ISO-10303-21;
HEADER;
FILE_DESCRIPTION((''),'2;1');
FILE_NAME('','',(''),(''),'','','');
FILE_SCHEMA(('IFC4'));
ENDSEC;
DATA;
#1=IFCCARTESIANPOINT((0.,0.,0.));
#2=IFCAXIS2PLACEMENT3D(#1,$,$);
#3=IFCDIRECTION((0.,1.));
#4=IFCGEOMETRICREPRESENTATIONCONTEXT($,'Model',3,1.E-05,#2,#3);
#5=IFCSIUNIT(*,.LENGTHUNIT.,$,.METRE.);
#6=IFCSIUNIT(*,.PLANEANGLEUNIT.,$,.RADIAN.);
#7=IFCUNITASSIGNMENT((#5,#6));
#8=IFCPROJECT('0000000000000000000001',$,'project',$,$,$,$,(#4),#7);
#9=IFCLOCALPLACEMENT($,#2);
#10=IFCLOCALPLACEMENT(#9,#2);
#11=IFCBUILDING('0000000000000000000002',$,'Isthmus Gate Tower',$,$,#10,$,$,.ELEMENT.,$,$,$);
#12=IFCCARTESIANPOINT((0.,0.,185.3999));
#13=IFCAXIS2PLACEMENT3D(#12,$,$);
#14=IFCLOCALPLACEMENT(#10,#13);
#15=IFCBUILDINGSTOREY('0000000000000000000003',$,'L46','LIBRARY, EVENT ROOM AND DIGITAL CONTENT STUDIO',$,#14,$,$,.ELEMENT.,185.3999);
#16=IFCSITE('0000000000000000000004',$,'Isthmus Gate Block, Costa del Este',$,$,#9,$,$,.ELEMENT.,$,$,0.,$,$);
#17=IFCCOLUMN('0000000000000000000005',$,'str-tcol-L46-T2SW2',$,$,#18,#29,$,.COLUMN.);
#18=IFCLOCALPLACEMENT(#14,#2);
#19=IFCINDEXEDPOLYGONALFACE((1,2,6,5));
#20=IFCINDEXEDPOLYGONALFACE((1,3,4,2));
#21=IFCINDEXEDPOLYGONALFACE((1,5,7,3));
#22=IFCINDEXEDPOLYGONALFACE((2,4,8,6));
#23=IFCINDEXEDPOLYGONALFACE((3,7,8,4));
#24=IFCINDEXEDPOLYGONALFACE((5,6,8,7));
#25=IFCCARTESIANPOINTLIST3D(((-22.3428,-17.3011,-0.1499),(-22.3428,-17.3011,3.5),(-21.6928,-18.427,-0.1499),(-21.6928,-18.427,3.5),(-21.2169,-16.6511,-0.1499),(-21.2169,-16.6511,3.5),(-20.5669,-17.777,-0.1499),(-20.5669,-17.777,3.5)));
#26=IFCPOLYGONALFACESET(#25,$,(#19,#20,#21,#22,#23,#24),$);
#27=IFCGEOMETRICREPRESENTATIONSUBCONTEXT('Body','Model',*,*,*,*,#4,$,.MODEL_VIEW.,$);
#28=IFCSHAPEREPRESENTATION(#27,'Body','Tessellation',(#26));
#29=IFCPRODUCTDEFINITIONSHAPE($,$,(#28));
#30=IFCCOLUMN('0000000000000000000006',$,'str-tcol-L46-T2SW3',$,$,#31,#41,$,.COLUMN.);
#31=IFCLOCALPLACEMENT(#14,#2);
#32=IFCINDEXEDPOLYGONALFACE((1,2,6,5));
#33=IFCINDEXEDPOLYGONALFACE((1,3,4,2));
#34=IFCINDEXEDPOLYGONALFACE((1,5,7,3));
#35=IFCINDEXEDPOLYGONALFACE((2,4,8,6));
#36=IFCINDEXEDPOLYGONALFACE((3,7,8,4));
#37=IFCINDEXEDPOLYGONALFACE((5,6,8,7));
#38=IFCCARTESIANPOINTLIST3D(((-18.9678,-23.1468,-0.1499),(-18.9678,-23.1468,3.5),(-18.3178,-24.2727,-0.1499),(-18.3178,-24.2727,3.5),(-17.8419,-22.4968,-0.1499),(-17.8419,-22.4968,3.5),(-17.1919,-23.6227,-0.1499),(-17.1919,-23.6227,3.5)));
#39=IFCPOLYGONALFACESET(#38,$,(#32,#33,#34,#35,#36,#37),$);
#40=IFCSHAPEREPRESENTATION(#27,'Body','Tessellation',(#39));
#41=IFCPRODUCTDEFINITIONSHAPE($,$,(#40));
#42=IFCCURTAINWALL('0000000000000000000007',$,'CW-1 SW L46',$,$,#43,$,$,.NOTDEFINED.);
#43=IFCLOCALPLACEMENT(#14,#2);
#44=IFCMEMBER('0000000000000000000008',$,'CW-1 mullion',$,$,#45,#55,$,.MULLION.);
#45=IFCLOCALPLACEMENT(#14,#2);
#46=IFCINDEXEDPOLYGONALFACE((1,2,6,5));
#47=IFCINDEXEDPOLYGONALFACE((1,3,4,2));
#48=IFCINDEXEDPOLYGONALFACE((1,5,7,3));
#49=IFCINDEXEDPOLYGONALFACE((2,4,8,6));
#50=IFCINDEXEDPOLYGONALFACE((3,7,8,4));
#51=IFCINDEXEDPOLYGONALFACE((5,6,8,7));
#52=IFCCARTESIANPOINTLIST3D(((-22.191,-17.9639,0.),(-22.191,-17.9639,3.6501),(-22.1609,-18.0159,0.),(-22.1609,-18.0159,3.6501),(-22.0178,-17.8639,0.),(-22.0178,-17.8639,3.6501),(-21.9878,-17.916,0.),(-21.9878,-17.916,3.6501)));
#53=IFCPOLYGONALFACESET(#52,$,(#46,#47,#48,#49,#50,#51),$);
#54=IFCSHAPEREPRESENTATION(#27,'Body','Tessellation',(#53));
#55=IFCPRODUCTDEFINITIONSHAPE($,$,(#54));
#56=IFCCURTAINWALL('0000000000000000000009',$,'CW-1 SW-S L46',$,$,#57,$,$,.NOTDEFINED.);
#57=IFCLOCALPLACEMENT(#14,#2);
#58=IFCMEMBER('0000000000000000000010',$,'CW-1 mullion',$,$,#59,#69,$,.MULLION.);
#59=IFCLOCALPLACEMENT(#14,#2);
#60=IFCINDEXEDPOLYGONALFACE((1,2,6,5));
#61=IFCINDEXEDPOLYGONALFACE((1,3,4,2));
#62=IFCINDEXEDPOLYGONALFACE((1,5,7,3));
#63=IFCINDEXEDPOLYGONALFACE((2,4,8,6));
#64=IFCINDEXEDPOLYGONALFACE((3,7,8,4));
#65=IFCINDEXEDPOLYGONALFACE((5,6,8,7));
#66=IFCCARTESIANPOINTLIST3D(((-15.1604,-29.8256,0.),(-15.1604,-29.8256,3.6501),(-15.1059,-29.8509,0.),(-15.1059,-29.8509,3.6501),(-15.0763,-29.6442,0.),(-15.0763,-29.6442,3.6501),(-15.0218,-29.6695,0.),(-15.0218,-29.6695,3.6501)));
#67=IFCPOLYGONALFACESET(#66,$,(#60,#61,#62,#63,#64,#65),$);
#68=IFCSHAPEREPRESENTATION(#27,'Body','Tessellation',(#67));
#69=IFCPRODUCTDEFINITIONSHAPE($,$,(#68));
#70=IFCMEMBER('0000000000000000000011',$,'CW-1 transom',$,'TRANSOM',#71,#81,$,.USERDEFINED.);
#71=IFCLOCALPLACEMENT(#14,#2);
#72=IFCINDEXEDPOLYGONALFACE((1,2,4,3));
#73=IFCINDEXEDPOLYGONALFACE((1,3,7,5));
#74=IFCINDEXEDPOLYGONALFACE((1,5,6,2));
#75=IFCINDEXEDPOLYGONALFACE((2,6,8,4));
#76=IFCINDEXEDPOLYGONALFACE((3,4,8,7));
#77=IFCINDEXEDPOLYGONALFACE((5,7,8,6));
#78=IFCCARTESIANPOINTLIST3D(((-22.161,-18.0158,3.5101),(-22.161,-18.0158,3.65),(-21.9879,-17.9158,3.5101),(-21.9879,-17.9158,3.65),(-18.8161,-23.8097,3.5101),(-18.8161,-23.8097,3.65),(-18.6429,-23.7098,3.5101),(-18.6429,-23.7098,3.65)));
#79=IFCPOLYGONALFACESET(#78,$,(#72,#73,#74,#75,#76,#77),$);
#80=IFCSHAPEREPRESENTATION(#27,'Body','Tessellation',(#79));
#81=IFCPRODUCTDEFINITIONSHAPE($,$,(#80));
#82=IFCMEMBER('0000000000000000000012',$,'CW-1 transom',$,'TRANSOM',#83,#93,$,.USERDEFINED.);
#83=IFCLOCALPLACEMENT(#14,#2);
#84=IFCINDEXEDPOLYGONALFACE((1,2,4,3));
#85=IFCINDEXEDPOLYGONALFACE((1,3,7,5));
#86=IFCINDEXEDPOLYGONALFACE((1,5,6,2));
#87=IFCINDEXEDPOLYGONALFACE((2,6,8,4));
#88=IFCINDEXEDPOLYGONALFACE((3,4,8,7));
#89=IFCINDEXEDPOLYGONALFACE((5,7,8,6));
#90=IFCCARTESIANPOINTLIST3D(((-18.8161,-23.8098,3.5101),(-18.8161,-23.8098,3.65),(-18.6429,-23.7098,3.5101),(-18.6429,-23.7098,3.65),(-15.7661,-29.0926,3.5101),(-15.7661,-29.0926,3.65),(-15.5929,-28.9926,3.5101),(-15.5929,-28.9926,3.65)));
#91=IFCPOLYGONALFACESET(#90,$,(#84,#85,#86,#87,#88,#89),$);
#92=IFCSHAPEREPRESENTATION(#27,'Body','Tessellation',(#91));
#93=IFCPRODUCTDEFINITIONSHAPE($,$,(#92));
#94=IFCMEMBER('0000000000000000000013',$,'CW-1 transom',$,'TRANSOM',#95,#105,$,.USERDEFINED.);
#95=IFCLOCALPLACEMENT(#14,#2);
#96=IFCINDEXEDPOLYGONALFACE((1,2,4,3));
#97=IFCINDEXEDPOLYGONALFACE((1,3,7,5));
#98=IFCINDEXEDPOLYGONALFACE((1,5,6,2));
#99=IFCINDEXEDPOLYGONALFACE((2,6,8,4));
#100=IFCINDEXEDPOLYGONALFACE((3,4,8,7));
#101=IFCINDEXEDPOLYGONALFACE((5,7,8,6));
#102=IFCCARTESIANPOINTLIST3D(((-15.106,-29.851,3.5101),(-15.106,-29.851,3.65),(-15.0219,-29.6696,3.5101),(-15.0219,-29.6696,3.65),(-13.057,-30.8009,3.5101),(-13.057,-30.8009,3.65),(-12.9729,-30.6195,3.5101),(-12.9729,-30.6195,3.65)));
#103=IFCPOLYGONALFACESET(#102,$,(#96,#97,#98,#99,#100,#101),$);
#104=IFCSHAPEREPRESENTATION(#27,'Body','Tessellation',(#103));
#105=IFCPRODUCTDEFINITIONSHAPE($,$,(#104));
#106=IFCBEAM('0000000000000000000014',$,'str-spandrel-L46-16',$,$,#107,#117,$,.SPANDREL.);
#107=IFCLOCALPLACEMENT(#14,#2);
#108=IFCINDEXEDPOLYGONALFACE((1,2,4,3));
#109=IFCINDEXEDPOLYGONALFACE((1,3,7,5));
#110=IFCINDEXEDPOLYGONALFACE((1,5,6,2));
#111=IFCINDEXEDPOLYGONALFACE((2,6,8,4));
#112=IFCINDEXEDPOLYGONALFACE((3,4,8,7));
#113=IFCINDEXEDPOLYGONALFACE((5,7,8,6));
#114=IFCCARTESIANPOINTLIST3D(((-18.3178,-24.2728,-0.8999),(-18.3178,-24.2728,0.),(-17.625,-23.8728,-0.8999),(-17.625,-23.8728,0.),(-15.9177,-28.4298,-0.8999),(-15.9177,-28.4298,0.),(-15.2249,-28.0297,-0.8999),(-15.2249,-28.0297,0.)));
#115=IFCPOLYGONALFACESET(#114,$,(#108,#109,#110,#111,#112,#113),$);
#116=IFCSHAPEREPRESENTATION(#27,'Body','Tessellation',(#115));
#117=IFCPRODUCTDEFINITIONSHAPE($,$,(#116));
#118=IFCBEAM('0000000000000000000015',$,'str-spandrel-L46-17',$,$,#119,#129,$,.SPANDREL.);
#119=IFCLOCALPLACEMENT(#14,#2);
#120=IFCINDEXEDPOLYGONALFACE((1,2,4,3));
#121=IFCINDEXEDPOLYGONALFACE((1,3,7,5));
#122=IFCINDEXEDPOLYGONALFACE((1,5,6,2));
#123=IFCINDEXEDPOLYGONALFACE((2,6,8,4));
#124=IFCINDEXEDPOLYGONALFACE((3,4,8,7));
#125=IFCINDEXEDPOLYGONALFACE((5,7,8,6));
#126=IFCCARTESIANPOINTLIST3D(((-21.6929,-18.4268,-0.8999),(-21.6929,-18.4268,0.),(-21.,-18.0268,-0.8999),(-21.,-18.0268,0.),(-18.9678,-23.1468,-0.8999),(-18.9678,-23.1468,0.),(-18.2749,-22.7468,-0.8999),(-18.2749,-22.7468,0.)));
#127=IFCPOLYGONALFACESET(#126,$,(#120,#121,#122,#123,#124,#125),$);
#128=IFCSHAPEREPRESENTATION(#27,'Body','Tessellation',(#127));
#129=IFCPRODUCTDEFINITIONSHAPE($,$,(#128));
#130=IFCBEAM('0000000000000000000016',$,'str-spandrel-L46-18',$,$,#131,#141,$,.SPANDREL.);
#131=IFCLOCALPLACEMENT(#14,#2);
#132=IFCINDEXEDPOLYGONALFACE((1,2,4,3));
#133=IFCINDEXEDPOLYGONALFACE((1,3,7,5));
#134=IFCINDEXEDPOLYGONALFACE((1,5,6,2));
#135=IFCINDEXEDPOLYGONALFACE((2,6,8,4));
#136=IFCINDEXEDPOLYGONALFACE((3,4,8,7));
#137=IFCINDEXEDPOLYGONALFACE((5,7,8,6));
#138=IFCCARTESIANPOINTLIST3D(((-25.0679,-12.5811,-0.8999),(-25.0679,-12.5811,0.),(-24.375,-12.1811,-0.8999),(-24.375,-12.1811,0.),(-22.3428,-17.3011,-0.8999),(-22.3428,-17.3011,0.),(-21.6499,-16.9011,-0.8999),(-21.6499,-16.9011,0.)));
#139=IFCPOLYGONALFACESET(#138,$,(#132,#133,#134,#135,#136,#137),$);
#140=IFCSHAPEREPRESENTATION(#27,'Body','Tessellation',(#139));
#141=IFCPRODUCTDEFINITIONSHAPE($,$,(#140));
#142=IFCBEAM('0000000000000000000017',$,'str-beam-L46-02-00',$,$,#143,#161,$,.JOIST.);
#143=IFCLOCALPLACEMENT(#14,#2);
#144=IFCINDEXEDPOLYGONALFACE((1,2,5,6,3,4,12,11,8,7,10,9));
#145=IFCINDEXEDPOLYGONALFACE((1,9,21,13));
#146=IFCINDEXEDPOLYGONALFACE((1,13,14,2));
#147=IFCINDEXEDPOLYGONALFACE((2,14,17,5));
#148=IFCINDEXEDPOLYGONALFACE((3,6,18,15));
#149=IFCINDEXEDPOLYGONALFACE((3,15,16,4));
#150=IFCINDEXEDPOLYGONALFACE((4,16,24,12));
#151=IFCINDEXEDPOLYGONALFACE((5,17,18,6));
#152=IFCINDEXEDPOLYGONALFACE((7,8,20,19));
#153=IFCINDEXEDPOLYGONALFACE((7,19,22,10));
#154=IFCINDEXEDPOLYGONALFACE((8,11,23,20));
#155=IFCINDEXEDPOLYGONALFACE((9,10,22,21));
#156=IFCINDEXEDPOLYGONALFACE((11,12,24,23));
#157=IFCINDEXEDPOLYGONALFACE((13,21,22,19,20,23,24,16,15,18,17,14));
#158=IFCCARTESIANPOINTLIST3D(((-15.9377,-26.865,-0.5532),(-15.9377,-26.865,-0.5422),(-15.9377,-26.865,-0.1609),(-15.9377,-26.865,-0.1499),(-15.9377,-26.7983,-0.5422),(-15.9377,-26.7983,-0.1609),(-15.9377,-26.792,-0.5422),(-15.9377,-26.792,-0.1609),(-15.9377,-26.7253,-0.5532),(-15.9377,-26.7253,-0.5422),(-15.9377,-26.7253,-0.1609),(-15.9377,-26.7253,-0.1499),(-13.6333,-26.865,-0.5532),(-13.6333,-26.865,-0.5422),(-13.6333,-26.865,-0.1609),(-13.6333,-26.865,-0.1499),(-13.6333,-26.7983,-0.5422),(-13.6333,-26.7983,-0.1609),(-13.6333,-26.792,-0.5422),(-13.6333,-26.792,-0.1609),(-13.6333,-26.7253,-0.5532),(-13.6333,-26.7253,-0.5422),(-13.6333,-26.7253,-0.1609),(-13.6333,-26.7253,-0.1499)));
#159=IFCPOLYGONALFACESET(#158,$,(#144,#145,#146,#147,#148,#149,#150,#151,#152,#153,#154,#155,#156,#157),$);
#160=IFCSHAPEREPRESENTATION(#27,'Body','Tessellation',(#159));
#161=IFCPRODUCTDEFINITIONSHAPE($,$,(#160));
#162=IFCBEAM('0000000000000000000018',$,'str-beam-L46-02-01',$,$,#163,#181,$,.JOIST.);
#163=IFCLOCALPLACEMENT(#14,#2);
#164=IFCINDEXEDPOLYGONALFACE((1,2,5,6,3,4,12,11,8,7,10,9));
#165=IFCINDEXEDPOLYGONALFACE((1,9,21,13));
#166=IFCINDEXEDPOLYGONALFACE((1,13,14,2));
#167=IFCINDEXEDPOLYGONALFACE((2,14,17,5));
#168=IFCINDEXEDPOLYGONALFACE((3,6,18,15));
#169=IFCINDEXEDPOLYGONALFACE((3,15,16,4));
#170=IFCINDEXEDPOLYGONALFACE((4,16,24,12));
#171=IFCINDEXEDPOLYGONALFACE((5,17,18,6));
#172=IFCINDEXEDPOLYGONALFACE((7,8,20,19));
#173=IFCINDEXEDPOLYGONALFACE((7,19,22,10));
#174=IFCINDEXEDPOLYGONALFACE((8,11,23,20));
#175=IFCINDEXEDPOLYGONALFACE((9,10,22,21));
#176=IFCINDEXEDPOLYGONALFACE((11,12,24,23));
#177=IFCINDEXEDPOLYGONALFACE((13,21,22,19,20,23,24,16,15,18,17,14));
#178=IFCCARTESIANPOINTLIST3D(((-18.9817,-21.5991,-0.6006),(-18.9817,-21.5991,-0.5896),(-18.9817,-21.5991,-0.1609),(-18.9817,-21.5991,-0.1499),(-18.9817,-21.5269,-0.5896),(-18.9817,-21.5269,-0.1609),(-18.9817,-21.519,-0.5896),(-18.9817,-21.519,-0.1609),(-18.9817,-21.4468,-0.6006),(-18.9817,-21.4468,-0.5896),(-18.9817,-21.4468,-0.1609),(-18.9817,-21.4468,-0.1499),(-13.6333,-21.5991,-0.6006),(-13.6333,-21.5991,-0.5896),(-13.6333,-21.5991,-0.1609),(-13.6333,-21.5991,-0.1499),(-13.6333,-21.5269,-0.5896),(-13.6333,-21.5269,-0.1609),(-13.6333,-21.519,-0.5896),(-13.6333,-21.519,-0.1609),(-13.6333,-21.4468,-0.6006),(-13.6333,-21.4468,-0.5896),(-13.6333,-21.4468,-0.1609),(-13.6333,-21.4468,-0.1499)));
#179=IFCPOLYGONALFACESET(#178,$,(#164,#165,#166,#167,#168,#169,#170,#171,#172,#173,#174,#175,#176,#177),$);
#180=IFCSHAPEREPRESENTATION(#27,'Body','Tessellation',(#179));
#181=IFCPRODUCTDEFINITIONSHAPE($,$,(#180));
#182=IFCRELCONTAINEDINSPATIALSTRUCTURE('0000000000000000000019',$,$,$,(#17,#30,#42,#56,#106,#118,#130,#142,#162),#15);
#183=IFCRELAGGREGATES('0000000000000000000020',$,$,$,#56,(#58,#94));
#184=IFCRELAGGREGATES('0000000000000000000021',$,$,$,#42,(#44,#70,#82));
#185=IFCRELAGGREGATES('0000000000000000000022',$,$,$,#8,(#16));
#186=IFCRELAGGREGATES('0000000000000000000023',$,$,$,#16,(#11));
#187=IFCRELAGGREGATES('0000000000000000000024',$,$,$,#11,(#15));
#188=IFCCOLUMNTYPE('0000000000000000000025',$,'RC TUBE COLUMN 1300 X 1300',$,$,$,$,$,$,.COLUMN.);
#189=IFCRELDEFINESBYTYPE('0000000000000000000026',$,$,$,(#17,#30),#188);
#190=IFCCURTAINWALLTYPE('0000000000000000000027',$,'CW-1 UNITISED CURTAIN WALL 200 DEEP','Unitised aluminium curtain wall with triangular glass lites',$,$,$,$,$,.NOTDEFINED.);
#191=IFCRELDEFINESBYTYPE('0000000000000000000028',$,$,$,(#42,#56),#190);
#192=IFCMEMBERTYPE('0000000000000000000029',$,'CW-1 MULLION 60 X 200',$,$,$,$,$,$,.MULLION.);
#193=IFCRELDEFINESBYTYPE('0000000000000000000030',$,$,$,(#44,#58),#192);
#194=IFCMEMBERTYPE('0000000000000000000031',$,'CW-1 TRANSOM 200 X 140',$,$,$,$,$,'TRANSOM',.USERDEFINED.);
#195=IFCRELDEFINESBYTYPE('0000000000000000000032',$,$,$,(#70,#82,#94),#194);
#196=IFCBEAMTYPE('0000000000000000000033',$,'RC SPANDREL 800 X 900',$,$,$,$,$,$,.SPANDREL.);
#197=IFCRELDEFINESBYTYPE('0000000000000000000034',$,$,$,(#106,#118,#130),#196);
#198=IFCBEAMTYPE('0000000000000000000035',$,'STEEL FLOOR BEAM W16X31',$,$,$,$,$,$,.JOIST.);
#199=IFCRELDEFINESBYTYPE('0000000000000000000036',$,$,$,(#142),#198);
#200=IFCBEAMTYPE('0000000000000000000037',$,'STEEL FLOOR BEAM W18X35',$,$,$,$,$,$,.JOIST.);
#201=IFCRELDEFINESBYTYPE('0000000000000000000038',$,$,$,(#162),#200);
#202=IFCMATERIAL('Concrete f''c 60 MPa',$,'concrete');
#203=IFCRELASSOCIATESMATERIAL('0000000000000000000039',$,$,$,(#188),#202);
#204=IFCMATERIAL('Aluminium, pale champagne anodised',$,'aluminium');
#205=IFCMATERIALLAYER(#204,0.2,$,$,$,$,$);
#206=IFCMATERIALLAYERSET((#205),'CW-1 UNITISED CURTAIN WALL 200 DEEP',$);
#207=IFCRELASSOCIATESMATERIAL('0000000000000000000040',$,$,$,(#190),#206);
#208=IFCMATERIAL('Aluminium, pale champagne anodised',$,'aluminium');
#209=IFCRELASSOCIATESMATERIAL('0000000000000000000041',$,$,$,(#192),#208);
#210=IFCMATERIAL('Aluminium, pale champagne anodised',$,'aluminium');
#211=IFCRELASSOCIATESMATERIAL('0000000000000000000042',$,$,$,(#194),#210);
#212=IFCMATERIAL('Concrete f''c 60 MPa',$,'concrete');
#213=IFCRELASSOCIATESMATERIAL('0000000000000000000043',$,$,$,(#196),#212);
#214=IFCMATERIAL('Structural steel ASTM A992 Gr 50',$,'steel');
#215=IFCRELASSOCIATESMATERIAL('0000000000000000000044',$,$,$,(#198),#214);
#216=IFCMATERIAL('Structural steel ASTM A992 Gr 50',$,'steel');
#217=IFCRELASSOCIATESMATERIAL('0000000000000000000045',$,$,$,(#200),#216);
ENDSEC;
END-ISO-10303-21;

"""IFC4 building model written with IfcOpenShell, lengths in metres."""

from ifc_helpers import new_model, si_unit, direction, frame, origin, origin_2d, place, context, subcontext, project, spatial, rectangle, i_section, extrude, material, layer, layer_set, material_profile, profile_set, type_object, element, aggregate, save


model = new_model("IFC4")

# Units and contexts
model_context = context("Model", 3, precision=1e-05, world=origin(), true_north=direction((0.0, 1.0)))
body_context = subcontext(model_context, "Body", "Model", "MODEL_VIEW")
ifc_project = project(units=[si_unit("LENGTHUNIT", "METRE"), si_unit("PLANEANGLEUNIT", "RADIAN")], contexts=[model_context])

# Site, building, storey
site_placement = place(None, origin())
site = spatial("IfcSite", under=ifc_project, at=site_placement, Name="Isthmus Gate Block, Costa del Este", CompositionType="ELEMENT", RefElevation=0.0)
building_placement = place(site_placement, origin())
building = spatial("IfcBuilding", under=site, at=building_placement, Name="Isthmus Gate Tower", CompositionType="ELEMENT")
storey_placement = place(building_placement, frame((0.0, 0.0, 185.3999)))
storey = spatial("IfcBuildingStorey", under=building, at=storey_placement, Name="L46", Description="LIBRARY, EVENT ROOM AND DIGITAL CONTENT STUDIO", CompositionType="ELEMENT", Elevation=185.3999)

# Columns
ifc_material_1 = material(Name="Concrete f'c 60 MPa", Category="concrete")
ifc_material_profile_1 = material_profile(ifc_material_1, rectangle(XDim=1.3, YDim=1.3, at=origin_2d()), Name="RC 1300X1300")
ifc_profile_set_1 = profile_set([ifc_material_profile_1], Name="Concrete f'c 60 MPa")
column_type = type_object("IfcColumnType", Name="RC TUBE COLUMN 1300 X 1300", PredefinedType="COLUMN", material=ifc_profile_set_1)
for number, where, z_axis, x_axis, name in (
    (1, (-21.4548, -17.5391, -0.1499), (0.0, 0.0, 1.0), (0.5, -0.866025, 0.0), "str-tcol-L46-T2SW2"),
    (2, (-18.0798, -23.3848, -0.1499), (0.0, 0.0, 1.0), (0.5, -0.866025, 0.0), "str-tcol-L46-T2SW3"),
):
    element("IfcColumn", number, at=place(storey_placement, frame(where, z_axis=z_axis, x_axis=x_axis)), inside=storey, type_object=column_type, Name=name, PredefinedType="COLUMN", context=body_context, shape_type="SweptSolid", body=[
        extrude(rectangle(XDim=1.3, YDim=1.3, at=origin_2d()), origin(), (0.0, 0.0, 1.0), 3.6499),
    ])

# Curtain walls, members
ifc_material_2 = material(Name="Aluminium, pale champagne anodised", Category="aluminium")
ifc_layer_1 = layer(ifc_material_2, 0.2)
ifc_layer_set_1 = layer_set([ifc_layer_1], Name="CW-1 UNITISED CURTAIN WALL 200 DEEP")
curtain_wall_type = type_object("IfcCurtainWallType", Name="CW-1 UNITISED CURTAIN WALL 200 DEEP", Description="Unitised aluminium curtain wall with triangular glass lites", PredefinedType="NOTDEFINED", material=ifc_layer_set_1)
curtain_wall_1_placement = place(storey_placement, origin())
curtain_wall_1 = element("IfcCurtainWall", 3, at=curtain_wall_1_placement, inside=storey, type_object=curtain_wall_type, Name="CW-1 SW L46", PredefinedType="NOTDEFINED")
ifc_material_3 = material(Name="Aluminium, pale champagne anodised", Category="aluminium")
ifc_material_profile_2 = material_profile(ifc_material_3, rectangle(XDim=0.0601, YDim=0.2, at=origin_2d()), Name="60x200")
ifc_profile_set_2 = profile_set([ifc_material_profile_2], Name="Aluminium, pale champagne anodised")
member_type_1 = type_object("IfcMemberType", Name="CW-1 MULLION 60 X 200", PredefinedType="MULLION", material=ifc_profile_set_2)
member_1_placement = place(storey_placement, frame((-22.0894, -17.9399, 0.0), z_axis=(0.0, 0.0, 1.0), x_axis=(0.5, -0.866025, 0.0)))
member_1 = element("IfcMember", 4, at=member_1_placement, type_object=member_type_1, Name="CW-1 mullion", PredefinedType="MULLION", context=body_context, shape_type="SweptSolid", body=[
    extrude(rectangle(XDim=0.0601, YDim=0.2, at=origin_2d()), origin(), (0.0, 0.0, 1.0), 3.6501),
])
curtain_wall_2_placement = place(storey_placement, origin())
curtain_wall_2 = element("IfcCurtainWall", 5, at=curtain_wall_2_placement, inside=storey, type_object=curtain_wall_type, Name="CW-1 SW-S L46", PredefinedType="NOTDEFINED")
member_2_placement = place(storey_placement, frame((-15.0911, -29.7476, 0.0), z_axis=(0.0, 0.0, 1.0), x_axis=(0.907256, -0.420578, 0.0)))
member_2 = element("IfcMember", 6, at=member_2_placement, type_object=member_type_1, Name="CW-1 mullion", PredefinedType="MULLION", context=body_context, shape_type="SweptSolid", body=[
    extrude(rectangle(XDim=0.0601, YDim=0.2, at=origin_2d()), origin(), (0.0, 0.0, 1.0), 3.6501),
])

# Members
ifc_material_4 = material(Name="Aluminium, pale champagne anodised", Category="aluminium")
ifc_material_profile_3 = material_profile(ifc_material_4, rectangle(XDim=0.2, YDim=0.1399, at=origin_2d()), Name="200x140")
ifc_profile_set_3 = profile_set([ifc_material_profile_3], Name="Aluminium, pale champagne anodised")
member_type_2 = type_object("IfcMemberType", Name="CW-1 TRANSOM 200 X 140", ElementType="TRANSOM", PredefinedType="USERDEFINED", material=ifc_profile_set_3)
member_3_placement = place(storey_placement, frame((-22.0745, -17.9658, 3.5801), z_axis=(0.499981, -0.866036, 0.0), x_axis=(0.866036, 0.499981, 0.0)))
member_3 = element("IfcMember", 7, at=member_3_placement, type_object=member_type_2, Name="CW-1 transom", ObjectType="TRANSOM", PredefinedType="USERDEFINED", context=body_context, shape_type="SweptSolid", body=[
    extrude(rectangle(XDim=0.2, YDim=0.1399, at=origin_2d()), origin(), (0.0, 0.0, 1.0), 6.6902),
])
member_4_placement = place(storey_placement, frame((-18.7295, -23.7598, 3.5801), z_axis=(0.499992, -0.86603, 0.0), x_axis=(0.86603, 0.499992, 0.0)))
member_4 = element("IfcMember", 8, at=member_4_placement, type_object=member_type_2, Name="CW-1 transom", ObjectType="TRANSOM", PredefinedType="USERDEFINED", context=body_context, shape_type="SweptSolid", body=[
    extrude(rectangle(XDim=0.2, YDim=0.1399, at=origin_2d()), origin(), (0.0, 0.0, 1.0), 6.1001),
])
member_5_placement = place(storey_placement, frame((-15.064, -29.7603, 3.5801), z_axis=(0.907246, -0.4206, 0.0), x_axis=(0.4206, 0.907246, 0.0)))
member_5 = element("IfcMember", 9, at=member_5_placement, type_object=member_type_2, Name="CW-1 transom", ObjectType="TRANSOM", PredefinedType="USERDEFINED", context=body_context, shape_type="SweptSolid", body=[
    extrude(rectangle(XDim=0.2, YDim=0.1399, at=origin_2d()), origin(), (0.0, 0.0, 1.0), 2.2585),
])
aggregate(curtain_wall_2, [member_2, member_5])

# Beams
ifc_material_5 = material(Name="Concrete f'c 60 MPa", Category="concrete")
ifc_material_profile_4 = material_profile(ifc_material_5, rectangle(XDim=0.8, YDim=0.8999, at=origin_2d()), Name="RC 800X900")
ifc_profile_set_4 = profile_set([ifc_material_profile_4], Name="Concrete f'c 60 MPa")
beam_type_1 = type_object("IfcBeamType", Name="RC SPANDREL 800 X 900", PredefinedType="SPANDREL", material=ifc_profile_set_4)
beam_1_placement = place(storey_placement, frame((-15.5713, -28.2297, -0.45), z_axis=(-0.500017, 0.866015, 0.0), x_axis=(-0.866015, -0.500017, 0.0)))
element("IfcBeam", 10, at=beam_1_placement, inside=storey, type_object=beam_type_1, Name="str-spandrel-L46-16", PredefinedType="SPANDREL", context=body_context, shape_type="SweptSolid", body=[
    extrude(rectangle(XDim=0.8, YDim=0.8999, at=origin_2d()), origin(), (0.0, 0.0, 1.0), 4.8),
])
for number, where, z_axis, x_axis, name in (
    (11, (-18.6213, -22.9468, -0.45), (-0.500003, 0.866024, 0.0), (-0.866024, -0.500003, 0.0), "str-spandrel-L46-17"),
    (12, (-21.9963, -17.1011, -0.45), (-0.500003, 0.866024, 0.0), (-0.866024, -0.500003, 0.0), "str-spandrel-L46-18"),
):
    element("IfcBeam", number, at=place(storey_placement, frame(where, z_axis=z_axis, x_axis=x_axis)), inside=storey, type_object=beam_type_1, Name=name, PredefinedType="SPANDREL", context=body_context, shape_type="SweptSolid", body=[
        extrude(rectangle(XDim=0.8, YDim=0.8999, at=origin_2d()), origin(), (0.0, 0.0, 1.0), 5.4502),
    ])
ifc_material_6 = material(Name="Structural steel ASTM A992 Gr 50", Category="steel")
ifc_material_profile_5 = material_profile(ifc_material_6, i_section(OverallWidth=0.1396, OverallDepth=0.4033, WebThickness=0.0063, FlangeThickness=0.011, at=origin_2d()), Name="W16X31")
ifc_profile_set_5 = profile_set([ifc_material_profile_5], Name="Structural steel ASTM A992 Gr 50")
beam_type_2 = type_object("IfcBeamType", Name="STEEL FLOOR BEAM W16X31", PredefinedType="JOIST", material=ifc_profile_set_5)
beam_2_placement = place(storey_placement, frame((-15.9377, -26.7952, -0.3516), z_axis=(1.0, 0.0, 0.0), x_axis=(0.0, 1.0, 0.0)))
element("IfcBeam", 13, at=beam_2_placement, inside=storey, type_object=beam_type_2, Name="str-beam-L46-02-00", PredefinedType="JOIST", context=body_context, shape_type="SweptSolid", body=[
    extrude(i_section(OverallWidth=0.1396, OverallDepth=0.4033, WebThickness=0.0063, FlangeThickness=0.011, at=origin_2d()), origin(), (0.0, 0.0, 1.0), 2.3044),
])
ifc_material_7 = material(Name="Structural steel ASTM A992 Gr 50", Category="steel")
ifc_material_profile_6 = material_profile(ifc_material_7, i_section(OverallWidth=0.1523, OverallDepth=0.4507, WebThickness=0.0078, FlangeThickness=0.011, at=origin_2d()), Name="W18X35")
ifc_profile_set_6 = profile_set([ifc_material_profile_6], Name="Structural steel ASTM A992 Gr 50")
beam_type_3 = type_object("IfcBeamType", Name="STEEL FLOOR BEAM W18X35", PredefinedType="JOIST", material=ifc_profile_set_6)
beam_3_placement = place(storey_placement, frame((-18.9817, -21.5229, -0.3752), z_axis=(1.0, 0.0, 0.0), x_axis=(0.0, 1.0, 0.0)))
element("IfcBeam", 14, at=beam_3_placement, inside=storey, type_object=beam_type_3, Name="str-beam-L46-02-01", PredefinedType="JOIST", context=body_context, shape_type="SweptSolid", body=[
    extrude(i_section(OverallWidth=0.1523, OverallDepth=0.4507, WebThickness=0.0078, FlangeThickness=0.011, at=origin_2d()), origin(), (0.0, 0.0, 1.0), 5.3484),
])

aggregate(curtain_wall_1, [member_1, member_3, member_4])

save(model, "model.ifc")
